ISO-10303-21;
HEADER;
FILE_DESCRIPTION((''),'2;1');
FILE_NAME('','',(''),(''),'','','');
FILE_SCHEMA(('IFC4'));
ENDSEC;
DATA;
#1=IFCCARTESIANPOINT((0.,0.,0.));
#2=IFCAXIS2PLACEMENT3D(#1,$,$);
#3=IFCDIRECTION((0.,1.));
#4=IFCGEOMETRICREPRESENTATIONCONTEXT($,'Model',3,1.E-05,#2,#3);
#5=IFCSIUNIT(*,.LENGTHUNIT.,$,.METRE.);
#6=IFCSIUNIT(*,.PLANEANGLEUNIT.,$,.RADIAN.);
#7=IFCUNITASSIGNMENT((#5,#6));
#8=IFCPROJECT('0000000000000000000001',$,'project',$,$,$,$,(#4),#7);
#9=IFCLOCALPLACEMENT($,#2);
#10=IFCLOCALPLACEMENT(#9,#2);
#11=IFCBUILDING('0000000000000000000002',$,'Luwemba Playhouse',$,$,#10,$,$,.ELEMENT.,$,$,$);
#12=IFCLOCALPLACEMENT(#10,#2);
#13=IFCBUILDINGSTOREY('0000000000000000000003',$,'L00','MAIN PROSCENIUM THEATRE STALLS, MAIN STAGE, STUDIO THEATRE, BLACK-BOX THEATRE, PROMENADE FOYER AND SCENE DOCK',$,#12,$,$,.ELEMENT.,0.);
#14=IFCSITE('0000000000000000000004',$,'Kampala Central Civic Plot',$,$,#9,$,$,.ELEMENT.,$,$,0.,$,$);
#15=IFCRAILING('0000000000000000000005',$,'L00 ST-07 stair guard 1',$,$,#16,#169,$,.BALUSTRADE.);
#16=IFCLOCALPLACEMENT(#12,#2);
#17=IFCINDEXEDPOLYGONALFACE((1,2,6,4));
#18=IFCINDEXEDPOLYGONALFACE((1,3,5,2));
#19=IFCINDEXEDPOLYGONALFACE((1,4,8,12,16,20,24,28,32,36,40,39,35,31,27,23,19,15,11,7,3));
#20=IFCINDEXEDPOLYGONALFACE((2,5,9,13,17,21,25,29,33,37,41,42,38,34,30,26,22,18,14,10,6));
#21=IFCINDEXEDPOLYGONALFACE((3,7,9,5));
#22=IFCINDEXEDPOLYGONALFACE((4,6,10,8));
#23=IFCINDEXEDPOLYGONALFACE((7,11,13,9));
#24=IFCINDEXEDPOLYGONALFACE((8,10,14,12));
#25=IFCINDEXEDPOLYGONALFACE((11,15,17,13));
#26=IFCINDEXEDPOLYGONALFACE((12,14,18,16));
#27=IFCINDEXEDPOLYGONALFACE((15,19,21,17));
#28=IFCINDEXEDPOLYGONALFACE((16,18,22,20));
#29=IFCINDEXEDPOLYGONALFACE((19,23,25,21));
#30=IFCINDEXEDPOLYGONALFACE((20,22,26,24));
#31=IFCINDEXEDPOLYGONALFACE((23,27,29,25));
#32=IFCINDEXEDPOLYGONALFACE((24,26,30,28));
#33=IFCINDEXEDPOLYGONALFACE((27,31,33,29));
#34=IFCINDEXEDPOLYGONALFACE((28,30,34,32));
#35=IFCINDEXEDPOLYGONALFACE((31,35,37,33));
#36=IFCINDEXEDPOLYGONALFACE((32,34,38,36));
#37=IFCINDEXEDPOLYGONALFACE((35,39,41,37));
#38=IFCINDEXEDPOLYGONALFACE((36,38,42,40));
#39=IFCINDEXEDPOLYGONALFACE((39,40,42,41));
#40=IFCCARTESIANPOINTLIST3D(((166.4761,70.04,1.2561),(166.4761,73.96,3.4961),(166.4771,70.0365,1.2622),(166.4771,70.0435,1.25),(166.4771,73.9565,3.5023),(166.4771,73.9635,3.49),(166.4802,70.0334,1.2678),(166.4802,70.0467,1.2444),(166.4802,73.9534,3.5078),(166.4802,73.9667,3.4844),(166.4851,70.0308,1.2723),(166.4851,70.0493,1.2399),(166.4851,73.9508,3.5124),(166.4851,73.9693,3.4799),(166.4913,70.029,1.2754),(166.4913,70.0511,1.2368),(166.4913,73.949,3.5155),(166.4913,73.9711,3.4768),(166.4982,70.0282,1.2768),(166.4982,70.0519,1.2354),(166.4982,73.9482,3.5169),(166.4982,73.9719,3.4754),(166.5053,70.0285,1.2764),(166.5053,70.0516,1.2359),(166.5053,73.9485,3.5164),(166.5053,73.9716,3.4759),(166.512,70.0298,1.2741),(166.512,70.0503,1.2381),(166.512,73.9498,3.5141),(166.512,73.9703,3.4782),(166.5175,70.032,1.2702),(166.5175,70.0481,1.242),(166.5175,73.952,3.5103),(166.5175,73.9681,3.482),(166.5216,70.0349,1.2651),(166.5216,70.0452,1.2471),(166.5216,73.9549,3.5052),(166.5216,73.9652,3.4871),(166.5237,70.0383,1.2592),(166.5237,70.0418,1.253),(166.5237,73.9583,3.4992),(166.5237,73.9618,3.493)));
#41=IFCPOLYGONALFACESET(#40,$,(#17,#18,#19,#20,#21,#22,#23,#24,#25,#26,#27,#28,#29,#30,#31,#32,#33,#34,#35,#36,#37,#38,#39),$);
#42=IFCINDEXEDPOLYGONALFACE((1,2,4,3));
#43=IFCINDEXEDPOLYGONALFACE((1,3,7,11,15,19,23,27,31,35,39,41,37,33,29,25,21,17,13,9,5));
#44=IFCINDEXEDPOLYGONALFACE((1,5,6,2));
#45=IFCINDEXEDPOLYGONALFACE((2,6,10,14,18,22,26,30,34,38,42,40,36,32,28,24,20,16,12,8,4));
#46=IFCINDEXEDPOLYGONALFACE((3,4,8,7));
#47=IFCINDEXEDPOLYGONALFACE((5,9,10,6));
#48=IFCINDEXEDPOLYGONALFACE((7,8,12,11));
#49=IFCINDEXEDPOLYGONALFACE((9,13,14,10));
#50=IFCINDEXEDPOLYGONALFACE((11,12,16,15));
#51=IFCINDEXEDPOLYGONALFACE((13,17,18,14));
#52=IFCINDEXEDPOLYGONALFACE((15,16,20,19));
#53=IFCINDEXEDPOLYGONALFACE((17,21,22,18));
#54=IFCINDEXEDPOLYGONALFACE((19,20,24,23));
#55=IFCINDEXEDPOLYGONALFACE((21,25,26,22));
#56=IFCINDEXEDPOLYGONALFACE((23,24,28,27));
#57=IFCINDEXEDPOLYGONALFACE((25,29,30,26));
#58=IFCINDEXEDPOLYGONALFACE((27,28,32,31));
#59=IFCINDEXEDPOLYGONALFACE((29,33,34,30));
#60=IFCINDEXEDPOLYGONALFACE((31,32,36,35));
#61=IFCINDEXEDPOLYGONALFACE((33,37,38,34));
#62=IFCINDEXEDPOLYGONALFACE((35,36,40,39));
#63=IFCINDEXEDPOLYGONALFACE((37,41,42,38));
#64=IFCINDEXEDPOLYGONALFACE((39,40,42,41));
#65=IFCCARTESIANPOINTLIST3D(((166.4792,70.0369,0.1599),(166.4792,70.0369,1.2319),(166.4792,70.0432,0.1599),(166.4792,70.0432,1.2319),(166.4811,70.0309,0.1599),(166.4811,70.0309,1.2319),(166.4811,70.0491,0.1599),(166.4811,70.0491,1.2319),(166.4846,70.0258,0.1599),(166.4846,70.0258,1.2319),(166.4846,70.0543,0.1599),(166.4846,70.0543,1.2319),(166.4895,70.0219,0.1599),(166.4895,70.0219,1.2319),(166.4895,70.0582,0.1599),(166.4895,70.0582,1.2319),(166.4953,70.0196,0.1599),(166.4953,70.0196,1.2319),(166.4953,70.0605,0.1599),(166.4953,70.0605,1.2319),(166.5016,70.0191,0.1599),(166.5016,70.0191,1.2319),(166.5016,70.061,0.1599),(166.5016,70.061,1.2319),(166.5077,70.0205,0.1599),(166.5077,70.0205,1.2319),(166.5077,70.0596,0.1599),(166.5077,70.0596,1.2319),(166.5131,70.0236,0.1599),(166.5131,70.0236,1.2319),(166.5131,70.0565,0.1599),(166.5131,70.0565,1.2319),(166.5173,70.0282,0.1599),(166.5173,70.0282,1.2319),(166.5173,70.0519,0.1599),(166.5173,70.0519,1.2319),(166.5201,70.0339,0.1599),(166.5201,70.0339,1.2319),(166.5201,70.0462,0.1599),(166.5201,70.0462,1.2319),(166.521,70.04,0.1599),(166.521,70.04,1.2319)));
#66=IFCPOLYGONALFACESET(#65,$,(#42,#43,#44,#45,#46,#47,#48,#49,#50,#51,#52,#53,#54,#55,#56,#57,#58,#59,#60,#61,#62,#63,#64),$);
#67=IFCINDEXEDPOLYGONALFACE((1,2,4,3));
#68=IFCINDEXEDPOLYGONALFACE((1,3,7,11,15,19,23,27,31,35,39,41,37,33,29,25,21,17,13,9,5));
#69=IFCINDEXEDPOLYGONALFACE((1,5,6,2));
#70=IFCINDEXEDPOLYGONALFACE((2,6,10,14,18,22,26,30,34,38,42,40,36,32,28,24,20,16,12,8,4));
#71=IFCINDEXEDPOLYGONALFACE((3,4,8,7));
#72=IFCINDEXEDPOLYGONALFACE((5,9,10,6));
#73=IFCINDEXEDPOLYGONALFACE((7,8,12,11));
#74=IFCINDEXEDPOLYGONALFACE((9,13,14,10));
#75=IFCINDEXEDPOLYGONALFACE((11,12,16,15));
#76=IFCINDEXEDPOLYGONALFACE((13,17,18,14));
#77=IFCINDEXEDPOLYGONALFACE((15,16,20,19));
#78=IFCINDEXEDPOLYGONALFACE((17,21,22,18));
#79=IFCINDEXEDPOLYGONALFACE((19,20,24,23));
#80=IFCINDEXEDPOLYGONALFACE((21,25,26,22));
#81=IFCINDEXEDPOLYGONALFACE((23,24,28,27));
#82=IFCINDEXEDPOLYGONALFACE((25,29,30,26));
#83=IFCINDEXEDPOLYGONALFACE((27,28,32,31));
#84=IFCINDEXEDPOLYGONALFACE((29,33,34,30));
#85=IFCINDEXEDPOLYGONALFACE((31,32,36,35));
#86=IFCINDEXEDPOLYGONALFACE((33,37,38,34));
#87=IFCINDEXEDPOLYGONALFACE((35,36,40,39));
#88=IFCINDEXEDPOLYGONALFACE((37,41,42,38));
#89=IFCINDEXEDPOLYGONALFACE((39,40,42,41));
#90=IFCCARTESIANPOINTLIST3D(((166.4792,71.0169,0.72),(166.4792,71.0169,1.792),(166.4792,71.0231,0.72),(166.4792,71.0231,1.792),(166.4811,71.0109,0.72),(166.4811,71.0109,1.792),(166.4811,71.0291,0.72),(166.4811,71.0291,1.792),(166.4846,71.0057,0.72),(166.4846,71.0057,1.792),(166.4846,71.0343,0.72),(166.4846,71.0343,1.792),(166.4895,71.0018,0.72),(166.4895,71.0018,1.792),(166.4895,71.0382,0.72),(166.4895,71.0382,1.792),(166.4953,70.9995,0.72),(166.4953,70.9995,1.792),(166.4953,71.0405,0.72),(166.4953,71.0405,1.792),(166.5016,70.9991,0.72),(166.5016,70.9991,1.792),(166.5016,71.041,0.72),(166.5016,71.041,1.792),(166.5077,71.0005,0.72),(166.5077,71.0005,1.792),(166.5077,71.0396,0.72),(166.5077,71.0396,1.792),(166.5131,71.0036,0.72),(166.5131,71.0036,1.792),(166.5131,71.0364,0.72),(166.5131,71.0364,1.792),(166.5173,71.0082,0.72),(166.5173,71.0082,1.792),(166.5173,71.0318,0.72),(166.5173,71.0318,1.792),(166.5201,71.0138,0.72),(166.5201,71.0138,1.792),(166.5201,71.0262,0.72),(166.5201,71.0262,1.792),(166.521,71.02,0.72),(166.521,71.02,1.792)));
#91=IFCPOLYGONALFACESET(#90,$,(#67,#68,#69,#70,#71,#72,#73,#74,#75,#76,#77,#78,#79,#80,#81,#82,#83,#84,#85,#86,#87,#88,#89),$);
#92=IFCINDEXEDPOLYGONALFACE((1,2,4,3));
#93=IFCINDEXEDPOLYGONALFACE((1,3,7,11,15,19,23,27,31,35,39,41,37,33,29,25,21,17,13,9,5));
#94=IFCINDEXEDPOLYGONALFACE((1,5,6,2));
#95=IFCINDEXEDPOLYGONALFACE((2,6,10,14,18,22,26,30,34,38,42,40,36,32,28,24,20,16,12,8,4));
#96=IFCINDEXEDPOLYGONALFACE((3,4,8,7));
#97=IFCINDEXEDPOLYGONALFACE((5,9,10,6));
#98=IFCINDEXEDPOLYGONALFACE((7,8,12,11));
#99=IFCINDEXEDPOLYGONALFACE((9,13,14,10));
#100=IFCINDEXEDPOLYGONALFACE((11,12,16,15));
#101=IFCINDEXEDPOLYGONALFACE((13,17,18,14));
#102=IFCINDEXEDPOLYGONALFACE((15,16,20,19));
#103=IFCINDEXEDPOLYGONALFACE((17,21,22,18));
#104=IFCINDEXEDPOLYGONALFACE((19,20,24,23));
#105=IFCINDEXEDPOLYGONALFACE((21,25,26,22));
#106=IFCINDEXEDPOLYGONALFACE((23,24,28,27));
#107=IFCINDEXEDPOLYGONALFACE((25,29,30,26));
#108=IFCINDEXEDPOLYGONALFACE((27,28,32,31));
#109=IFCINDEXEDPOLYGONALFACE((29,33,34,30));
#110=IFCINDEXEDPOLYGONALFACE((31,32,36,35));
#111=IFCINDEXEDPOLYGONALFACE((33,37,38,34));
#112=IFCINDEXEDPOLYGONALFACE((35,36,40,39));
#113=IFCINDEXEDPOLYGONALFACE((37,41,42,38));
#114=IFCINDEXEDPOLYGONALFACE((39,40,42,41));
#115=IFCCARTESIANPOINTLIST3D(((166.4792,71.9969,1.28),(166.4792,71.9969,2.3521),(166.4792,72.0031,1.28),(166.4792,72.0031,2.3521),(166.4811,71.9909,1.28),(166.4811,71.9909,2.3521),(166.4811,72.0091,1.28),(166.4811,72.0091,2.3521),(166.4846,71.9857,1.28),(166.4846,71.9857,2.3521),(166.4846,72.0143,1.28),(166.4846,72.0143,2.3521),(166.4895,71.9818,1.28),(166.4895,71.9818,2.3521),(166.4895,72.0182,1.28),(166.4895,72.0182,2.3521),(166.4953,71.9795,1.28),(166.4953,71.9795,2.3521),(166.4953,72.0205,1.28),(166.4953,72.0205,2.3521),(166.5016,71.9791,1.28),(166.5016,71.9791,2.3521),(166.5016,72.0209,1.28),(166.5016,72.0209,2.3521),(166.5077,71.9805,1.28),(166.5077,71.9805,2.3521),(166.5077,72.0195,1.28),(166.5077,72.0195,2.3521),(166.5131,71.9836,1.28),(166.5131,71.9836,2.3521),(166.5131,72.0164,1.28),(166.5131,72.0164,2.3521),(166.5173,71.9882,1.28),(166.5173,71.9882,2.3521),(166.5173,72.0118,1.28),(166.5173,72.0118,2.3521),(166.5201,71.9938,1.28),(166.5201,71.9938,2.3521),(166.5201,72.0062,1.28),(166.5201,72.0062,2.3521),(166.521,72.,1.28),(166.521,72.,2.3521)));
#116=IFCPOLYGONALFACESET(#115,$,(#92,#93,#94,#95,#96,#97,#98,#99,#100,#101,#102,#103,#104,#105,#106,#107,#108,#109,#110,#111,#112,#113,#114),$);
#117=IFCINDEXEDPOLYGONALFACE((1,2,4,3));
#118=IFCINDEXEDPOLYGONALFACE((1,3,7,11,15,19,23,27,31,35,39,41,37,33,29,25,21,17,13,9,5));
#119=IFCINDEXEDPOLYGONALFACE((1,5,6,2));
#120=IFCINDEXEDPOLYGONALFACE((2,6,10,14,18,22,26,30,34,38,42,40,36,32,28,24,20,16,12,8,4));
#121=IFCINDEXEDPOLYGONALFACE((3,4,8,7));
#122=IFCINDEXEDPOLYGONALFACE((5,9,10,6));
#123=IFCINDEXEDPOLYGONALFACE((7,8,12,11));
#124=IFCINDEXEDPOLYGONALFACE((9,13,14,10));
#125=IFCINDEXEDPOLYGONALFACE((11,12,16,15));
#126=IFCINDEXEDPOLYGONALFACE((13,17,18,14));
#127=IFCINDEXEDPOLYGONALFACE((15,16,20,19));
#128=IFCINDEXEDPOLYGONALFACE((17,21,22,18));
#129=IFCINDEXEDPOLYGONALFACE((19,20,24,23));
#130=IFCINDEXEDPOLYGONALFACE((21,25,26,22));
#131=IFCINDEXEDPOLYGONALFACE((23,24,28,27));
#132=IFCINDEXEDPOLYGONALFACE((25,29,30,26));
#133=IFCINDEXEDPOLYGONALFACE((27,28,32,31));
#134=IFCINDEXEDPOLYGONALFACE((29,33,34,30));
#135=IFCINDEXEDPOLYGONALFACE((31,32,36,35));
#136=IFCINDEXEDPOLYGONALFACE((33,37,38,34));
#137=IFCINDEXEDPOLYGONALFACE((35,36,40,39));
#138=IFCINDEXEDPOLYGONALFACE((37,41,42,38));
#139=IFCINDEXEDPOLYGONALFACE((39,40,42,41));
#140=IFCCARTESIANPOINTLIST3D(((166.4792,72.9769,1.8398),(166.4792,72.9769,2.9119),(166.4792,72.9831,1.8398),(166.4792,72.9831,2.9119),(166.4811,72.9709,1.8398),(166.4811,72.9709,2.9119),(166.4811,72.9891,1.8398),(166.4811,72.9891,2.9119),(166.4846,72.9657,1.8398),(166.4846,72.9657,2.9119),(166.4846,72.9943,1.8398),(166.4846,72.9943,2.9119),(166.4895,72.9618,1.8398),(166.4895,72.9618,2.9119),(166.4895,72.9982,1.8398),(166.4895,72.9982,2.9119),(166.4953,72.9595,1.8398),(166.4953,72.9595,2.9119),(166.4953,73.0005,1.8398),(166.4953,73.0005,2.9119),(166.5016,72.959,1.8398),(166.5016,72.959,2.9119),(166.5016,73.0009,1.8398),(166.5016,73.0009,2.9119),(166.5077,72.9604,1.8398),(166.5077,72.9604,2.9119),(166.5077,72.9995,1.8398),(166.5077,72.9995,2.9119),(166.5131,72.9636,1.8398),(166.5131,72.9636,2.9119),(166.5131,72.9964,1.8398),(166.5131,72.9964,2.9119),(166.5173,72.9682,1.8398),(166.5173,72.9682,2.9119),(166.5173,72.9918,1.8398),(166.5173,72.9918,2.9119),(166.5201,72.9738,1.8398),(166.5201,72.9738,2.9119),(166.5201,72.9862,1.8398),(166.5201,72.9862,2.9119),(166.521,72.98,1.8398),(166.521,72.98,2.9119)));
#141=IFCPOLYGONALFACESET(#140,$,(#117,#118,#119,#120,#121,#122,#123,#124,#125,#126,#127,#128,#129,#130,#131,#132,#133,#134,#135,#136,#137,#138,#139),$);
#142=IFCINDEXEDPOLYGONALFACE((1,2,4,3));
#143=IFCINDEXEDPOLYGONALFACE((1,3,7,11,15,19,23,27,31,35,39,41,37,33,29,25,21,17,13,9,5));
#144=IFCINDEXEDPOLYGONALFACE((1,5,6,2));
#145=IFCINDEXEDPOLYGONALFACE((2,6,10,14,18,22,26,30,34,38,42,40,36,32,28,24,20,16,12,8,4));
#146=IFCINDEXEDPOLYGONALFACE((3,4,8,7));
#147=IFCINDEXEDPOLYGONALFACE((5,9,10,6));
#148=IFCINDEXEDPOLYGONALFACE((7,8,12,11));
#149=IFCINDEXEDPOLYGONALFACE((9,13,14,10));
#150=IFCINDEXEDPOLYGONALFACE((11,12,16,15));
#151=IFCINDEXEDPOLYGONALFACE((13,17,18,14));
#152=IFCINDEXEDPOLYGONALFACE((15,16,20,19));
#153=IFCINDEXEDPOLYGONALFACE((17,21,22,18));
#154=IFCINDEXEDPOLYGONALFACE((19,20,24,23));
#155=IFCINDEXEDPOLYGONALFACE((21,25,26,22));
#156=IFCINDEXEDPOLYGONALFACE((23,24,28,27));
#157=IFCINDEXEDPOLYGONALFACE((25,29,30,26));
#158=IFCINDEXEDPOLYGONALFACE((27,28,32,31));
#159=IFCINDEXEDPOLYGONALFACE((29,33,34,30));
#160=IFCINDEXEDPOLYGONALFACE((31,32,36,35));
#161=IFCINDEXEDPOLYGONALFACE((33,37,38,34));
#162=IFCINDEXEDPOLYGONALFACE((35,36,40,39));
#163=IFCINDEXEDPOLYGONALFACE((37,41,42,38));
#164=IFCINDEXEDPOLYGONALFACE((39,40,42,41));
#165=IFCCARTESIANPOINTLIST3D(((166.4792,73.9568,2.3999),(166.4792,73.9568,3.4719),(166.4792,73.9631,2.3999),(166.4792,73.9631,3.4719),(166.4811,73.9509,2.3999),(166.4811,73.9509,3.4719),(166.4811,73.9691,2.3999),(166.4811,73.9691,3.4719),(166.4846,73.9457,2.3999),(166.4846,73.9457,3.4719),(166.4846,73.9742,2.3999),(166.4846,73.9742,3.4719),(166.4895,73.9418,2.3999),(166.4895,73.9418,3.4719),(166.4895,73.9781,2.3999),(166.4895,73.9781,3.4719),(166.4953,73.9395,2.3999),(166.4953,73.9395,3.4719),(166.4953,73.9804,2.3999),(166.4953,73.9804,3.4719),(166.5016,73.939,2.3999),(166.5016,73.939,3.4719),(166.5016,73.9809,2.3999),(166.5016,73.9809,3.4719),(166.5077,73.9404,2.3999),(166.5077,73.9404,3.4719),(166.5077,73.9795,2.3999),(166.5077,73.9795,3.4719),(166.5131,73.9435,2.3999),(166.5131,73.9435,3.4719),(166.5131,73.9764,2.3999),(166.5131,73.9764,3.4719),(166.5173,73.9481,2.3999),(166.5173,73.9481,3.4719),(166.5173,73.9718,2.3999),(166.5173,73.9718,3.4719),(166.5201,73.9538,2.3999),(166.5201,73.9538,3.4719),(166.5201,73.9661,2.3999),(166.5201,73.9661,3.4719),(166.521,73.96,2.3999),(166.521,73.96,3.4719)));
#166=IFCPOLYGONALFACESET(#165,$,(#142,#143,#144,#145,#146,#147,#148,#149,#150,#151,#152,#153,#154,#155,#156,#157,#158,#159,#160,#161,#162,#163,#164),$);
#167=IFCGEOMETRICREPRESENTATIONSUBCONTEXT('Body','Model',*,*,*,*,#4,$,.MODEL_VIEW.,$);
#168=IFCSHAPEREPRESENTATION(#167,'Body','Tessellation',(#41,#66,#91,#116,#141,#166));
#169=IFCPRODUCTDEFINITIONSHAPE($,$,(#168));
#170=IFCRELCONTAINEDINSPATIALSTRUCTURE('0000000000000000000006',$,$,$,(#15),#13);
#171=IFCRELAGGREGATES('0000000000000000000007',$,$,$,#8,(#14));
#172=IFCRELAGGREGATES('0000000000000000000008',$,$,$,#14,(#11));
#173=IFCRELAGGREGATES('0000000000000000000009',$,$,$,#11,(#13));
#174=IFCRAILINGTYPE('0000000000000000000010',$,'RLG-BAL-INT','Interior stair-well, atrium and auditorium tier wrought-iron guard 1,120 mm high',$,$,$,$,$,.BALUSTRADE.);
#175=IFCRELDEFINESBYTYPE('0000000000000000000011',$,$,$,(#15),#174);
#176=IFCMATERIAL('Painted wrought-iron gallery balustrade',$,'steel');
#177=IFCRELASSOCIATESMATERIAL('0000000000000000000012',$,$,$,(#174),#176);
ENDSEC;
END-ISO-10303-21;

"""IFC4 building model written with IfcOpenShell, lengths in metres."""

from ifc_helpers import new_model, si_unit, direction, frame, origin, origin_2d, place, context, subcontext, project, spatial, circle, extrude, material, type_object, element, save


model = new_model("IFC4")

# Units and contexts
model_context = context("Model", 3, precision=1e-05, world=origin(), true_north=direction((0.0, 1.0)))
body_context = subcontext(model_context, "Body", "Model", "MODEL_VIEW")
ifc_project = project(units=[si_unit("LENGTHUNIT", "METRE"), si_unit("PLANEANGLEUNIT", "RADIAN")], contexts=[model_context])

# Site, building, storey
site_placement = place(None, origin())
site = spatial("IfcSite", under=ifc_project, at=site_placement, Name="Kampala Central Civic Plot", CompositionType="ELEMENT", RefElevation=0.0)
building_placement = place(site_placement, origin())
building = spatial("IfcBuilding", under=site, at=building_placement, Name="Luwemba Playhouse", CompositionType="ELEMENT")
storey_placement = place(building_placement, origin())
storey = spatial("IfcBuildingStorey", under=building, at=storey_placement, Name="L00", Description="MAIN PROSCENIUM THEATRE STALLS, MAIN STAGE, STUDIO THEATRE, BLACK-BOX THEATRE, PROMENADE FOYER AND SCENE DOCK", CompositionType="ELEMENT", Elevation=0.0)

# Railing
ifc_material_1 = material(Name="Painted wrought-iron gallery balustrade", Category="steel")
railing_type_1 = type_object("IfcRailingType", Name="RLG-BAL-INT", Description="Interior stair-well, atrium and auditorium tier wrought-iron guard 1,120 mm high", PredefinedType="BALUSTRADE", material=ifc_material_1)
railing_1_placement = place(storey_placement, frame((166.5, 70.04, 0.1599)))
element("IfcRailing", 1, at=railing_1_placement, inside=storey, type_object=railing_type_1, Name="L00 ST-07 stair guard 1", PredefinedType="BALUSTRADE", context=body_context, shape_type="SweptSolid", body=[
    extrude(circle(Radius=0.0239, at=origin_2d()), frame((0.0, 0.0, 1.0962), z_axis=(0.0, 0.86824, 0.496145), x_axis=(-1.0, 0.0, 0.0)), (0.0, 0.0, 1.0), 4.5149),
    extrude(circle(Radius=0.021, at=origin_2d()), origin(), (0.0, 0.0, 1.0), 1.072),
    extrude(circle(Radius=0.021, at=origin_2d()), frame((0.0, 0.98, 0.5601)), (0.0, 0.0, 1.0), 1.072),
    extrude(circle(Radius=0.021, at=origin_2d()), frame((0.0, 1.96, 1.1201)), (0.0, 0.0, 1.0), 1.072),
    extrude(circle(Radius=0.021, at=origin_2d()), frame((0.0, 2.9399, 1.6799)), (0.0, 0.0, 1.0), 1.072),
    extrude(circle(Radius=0.021, at=origin_2d()), frame((0.0, 3.9199, 2.24)), (0.0, 0.0, 1.0), 1.072),
])

save(model, "model.ifc")
